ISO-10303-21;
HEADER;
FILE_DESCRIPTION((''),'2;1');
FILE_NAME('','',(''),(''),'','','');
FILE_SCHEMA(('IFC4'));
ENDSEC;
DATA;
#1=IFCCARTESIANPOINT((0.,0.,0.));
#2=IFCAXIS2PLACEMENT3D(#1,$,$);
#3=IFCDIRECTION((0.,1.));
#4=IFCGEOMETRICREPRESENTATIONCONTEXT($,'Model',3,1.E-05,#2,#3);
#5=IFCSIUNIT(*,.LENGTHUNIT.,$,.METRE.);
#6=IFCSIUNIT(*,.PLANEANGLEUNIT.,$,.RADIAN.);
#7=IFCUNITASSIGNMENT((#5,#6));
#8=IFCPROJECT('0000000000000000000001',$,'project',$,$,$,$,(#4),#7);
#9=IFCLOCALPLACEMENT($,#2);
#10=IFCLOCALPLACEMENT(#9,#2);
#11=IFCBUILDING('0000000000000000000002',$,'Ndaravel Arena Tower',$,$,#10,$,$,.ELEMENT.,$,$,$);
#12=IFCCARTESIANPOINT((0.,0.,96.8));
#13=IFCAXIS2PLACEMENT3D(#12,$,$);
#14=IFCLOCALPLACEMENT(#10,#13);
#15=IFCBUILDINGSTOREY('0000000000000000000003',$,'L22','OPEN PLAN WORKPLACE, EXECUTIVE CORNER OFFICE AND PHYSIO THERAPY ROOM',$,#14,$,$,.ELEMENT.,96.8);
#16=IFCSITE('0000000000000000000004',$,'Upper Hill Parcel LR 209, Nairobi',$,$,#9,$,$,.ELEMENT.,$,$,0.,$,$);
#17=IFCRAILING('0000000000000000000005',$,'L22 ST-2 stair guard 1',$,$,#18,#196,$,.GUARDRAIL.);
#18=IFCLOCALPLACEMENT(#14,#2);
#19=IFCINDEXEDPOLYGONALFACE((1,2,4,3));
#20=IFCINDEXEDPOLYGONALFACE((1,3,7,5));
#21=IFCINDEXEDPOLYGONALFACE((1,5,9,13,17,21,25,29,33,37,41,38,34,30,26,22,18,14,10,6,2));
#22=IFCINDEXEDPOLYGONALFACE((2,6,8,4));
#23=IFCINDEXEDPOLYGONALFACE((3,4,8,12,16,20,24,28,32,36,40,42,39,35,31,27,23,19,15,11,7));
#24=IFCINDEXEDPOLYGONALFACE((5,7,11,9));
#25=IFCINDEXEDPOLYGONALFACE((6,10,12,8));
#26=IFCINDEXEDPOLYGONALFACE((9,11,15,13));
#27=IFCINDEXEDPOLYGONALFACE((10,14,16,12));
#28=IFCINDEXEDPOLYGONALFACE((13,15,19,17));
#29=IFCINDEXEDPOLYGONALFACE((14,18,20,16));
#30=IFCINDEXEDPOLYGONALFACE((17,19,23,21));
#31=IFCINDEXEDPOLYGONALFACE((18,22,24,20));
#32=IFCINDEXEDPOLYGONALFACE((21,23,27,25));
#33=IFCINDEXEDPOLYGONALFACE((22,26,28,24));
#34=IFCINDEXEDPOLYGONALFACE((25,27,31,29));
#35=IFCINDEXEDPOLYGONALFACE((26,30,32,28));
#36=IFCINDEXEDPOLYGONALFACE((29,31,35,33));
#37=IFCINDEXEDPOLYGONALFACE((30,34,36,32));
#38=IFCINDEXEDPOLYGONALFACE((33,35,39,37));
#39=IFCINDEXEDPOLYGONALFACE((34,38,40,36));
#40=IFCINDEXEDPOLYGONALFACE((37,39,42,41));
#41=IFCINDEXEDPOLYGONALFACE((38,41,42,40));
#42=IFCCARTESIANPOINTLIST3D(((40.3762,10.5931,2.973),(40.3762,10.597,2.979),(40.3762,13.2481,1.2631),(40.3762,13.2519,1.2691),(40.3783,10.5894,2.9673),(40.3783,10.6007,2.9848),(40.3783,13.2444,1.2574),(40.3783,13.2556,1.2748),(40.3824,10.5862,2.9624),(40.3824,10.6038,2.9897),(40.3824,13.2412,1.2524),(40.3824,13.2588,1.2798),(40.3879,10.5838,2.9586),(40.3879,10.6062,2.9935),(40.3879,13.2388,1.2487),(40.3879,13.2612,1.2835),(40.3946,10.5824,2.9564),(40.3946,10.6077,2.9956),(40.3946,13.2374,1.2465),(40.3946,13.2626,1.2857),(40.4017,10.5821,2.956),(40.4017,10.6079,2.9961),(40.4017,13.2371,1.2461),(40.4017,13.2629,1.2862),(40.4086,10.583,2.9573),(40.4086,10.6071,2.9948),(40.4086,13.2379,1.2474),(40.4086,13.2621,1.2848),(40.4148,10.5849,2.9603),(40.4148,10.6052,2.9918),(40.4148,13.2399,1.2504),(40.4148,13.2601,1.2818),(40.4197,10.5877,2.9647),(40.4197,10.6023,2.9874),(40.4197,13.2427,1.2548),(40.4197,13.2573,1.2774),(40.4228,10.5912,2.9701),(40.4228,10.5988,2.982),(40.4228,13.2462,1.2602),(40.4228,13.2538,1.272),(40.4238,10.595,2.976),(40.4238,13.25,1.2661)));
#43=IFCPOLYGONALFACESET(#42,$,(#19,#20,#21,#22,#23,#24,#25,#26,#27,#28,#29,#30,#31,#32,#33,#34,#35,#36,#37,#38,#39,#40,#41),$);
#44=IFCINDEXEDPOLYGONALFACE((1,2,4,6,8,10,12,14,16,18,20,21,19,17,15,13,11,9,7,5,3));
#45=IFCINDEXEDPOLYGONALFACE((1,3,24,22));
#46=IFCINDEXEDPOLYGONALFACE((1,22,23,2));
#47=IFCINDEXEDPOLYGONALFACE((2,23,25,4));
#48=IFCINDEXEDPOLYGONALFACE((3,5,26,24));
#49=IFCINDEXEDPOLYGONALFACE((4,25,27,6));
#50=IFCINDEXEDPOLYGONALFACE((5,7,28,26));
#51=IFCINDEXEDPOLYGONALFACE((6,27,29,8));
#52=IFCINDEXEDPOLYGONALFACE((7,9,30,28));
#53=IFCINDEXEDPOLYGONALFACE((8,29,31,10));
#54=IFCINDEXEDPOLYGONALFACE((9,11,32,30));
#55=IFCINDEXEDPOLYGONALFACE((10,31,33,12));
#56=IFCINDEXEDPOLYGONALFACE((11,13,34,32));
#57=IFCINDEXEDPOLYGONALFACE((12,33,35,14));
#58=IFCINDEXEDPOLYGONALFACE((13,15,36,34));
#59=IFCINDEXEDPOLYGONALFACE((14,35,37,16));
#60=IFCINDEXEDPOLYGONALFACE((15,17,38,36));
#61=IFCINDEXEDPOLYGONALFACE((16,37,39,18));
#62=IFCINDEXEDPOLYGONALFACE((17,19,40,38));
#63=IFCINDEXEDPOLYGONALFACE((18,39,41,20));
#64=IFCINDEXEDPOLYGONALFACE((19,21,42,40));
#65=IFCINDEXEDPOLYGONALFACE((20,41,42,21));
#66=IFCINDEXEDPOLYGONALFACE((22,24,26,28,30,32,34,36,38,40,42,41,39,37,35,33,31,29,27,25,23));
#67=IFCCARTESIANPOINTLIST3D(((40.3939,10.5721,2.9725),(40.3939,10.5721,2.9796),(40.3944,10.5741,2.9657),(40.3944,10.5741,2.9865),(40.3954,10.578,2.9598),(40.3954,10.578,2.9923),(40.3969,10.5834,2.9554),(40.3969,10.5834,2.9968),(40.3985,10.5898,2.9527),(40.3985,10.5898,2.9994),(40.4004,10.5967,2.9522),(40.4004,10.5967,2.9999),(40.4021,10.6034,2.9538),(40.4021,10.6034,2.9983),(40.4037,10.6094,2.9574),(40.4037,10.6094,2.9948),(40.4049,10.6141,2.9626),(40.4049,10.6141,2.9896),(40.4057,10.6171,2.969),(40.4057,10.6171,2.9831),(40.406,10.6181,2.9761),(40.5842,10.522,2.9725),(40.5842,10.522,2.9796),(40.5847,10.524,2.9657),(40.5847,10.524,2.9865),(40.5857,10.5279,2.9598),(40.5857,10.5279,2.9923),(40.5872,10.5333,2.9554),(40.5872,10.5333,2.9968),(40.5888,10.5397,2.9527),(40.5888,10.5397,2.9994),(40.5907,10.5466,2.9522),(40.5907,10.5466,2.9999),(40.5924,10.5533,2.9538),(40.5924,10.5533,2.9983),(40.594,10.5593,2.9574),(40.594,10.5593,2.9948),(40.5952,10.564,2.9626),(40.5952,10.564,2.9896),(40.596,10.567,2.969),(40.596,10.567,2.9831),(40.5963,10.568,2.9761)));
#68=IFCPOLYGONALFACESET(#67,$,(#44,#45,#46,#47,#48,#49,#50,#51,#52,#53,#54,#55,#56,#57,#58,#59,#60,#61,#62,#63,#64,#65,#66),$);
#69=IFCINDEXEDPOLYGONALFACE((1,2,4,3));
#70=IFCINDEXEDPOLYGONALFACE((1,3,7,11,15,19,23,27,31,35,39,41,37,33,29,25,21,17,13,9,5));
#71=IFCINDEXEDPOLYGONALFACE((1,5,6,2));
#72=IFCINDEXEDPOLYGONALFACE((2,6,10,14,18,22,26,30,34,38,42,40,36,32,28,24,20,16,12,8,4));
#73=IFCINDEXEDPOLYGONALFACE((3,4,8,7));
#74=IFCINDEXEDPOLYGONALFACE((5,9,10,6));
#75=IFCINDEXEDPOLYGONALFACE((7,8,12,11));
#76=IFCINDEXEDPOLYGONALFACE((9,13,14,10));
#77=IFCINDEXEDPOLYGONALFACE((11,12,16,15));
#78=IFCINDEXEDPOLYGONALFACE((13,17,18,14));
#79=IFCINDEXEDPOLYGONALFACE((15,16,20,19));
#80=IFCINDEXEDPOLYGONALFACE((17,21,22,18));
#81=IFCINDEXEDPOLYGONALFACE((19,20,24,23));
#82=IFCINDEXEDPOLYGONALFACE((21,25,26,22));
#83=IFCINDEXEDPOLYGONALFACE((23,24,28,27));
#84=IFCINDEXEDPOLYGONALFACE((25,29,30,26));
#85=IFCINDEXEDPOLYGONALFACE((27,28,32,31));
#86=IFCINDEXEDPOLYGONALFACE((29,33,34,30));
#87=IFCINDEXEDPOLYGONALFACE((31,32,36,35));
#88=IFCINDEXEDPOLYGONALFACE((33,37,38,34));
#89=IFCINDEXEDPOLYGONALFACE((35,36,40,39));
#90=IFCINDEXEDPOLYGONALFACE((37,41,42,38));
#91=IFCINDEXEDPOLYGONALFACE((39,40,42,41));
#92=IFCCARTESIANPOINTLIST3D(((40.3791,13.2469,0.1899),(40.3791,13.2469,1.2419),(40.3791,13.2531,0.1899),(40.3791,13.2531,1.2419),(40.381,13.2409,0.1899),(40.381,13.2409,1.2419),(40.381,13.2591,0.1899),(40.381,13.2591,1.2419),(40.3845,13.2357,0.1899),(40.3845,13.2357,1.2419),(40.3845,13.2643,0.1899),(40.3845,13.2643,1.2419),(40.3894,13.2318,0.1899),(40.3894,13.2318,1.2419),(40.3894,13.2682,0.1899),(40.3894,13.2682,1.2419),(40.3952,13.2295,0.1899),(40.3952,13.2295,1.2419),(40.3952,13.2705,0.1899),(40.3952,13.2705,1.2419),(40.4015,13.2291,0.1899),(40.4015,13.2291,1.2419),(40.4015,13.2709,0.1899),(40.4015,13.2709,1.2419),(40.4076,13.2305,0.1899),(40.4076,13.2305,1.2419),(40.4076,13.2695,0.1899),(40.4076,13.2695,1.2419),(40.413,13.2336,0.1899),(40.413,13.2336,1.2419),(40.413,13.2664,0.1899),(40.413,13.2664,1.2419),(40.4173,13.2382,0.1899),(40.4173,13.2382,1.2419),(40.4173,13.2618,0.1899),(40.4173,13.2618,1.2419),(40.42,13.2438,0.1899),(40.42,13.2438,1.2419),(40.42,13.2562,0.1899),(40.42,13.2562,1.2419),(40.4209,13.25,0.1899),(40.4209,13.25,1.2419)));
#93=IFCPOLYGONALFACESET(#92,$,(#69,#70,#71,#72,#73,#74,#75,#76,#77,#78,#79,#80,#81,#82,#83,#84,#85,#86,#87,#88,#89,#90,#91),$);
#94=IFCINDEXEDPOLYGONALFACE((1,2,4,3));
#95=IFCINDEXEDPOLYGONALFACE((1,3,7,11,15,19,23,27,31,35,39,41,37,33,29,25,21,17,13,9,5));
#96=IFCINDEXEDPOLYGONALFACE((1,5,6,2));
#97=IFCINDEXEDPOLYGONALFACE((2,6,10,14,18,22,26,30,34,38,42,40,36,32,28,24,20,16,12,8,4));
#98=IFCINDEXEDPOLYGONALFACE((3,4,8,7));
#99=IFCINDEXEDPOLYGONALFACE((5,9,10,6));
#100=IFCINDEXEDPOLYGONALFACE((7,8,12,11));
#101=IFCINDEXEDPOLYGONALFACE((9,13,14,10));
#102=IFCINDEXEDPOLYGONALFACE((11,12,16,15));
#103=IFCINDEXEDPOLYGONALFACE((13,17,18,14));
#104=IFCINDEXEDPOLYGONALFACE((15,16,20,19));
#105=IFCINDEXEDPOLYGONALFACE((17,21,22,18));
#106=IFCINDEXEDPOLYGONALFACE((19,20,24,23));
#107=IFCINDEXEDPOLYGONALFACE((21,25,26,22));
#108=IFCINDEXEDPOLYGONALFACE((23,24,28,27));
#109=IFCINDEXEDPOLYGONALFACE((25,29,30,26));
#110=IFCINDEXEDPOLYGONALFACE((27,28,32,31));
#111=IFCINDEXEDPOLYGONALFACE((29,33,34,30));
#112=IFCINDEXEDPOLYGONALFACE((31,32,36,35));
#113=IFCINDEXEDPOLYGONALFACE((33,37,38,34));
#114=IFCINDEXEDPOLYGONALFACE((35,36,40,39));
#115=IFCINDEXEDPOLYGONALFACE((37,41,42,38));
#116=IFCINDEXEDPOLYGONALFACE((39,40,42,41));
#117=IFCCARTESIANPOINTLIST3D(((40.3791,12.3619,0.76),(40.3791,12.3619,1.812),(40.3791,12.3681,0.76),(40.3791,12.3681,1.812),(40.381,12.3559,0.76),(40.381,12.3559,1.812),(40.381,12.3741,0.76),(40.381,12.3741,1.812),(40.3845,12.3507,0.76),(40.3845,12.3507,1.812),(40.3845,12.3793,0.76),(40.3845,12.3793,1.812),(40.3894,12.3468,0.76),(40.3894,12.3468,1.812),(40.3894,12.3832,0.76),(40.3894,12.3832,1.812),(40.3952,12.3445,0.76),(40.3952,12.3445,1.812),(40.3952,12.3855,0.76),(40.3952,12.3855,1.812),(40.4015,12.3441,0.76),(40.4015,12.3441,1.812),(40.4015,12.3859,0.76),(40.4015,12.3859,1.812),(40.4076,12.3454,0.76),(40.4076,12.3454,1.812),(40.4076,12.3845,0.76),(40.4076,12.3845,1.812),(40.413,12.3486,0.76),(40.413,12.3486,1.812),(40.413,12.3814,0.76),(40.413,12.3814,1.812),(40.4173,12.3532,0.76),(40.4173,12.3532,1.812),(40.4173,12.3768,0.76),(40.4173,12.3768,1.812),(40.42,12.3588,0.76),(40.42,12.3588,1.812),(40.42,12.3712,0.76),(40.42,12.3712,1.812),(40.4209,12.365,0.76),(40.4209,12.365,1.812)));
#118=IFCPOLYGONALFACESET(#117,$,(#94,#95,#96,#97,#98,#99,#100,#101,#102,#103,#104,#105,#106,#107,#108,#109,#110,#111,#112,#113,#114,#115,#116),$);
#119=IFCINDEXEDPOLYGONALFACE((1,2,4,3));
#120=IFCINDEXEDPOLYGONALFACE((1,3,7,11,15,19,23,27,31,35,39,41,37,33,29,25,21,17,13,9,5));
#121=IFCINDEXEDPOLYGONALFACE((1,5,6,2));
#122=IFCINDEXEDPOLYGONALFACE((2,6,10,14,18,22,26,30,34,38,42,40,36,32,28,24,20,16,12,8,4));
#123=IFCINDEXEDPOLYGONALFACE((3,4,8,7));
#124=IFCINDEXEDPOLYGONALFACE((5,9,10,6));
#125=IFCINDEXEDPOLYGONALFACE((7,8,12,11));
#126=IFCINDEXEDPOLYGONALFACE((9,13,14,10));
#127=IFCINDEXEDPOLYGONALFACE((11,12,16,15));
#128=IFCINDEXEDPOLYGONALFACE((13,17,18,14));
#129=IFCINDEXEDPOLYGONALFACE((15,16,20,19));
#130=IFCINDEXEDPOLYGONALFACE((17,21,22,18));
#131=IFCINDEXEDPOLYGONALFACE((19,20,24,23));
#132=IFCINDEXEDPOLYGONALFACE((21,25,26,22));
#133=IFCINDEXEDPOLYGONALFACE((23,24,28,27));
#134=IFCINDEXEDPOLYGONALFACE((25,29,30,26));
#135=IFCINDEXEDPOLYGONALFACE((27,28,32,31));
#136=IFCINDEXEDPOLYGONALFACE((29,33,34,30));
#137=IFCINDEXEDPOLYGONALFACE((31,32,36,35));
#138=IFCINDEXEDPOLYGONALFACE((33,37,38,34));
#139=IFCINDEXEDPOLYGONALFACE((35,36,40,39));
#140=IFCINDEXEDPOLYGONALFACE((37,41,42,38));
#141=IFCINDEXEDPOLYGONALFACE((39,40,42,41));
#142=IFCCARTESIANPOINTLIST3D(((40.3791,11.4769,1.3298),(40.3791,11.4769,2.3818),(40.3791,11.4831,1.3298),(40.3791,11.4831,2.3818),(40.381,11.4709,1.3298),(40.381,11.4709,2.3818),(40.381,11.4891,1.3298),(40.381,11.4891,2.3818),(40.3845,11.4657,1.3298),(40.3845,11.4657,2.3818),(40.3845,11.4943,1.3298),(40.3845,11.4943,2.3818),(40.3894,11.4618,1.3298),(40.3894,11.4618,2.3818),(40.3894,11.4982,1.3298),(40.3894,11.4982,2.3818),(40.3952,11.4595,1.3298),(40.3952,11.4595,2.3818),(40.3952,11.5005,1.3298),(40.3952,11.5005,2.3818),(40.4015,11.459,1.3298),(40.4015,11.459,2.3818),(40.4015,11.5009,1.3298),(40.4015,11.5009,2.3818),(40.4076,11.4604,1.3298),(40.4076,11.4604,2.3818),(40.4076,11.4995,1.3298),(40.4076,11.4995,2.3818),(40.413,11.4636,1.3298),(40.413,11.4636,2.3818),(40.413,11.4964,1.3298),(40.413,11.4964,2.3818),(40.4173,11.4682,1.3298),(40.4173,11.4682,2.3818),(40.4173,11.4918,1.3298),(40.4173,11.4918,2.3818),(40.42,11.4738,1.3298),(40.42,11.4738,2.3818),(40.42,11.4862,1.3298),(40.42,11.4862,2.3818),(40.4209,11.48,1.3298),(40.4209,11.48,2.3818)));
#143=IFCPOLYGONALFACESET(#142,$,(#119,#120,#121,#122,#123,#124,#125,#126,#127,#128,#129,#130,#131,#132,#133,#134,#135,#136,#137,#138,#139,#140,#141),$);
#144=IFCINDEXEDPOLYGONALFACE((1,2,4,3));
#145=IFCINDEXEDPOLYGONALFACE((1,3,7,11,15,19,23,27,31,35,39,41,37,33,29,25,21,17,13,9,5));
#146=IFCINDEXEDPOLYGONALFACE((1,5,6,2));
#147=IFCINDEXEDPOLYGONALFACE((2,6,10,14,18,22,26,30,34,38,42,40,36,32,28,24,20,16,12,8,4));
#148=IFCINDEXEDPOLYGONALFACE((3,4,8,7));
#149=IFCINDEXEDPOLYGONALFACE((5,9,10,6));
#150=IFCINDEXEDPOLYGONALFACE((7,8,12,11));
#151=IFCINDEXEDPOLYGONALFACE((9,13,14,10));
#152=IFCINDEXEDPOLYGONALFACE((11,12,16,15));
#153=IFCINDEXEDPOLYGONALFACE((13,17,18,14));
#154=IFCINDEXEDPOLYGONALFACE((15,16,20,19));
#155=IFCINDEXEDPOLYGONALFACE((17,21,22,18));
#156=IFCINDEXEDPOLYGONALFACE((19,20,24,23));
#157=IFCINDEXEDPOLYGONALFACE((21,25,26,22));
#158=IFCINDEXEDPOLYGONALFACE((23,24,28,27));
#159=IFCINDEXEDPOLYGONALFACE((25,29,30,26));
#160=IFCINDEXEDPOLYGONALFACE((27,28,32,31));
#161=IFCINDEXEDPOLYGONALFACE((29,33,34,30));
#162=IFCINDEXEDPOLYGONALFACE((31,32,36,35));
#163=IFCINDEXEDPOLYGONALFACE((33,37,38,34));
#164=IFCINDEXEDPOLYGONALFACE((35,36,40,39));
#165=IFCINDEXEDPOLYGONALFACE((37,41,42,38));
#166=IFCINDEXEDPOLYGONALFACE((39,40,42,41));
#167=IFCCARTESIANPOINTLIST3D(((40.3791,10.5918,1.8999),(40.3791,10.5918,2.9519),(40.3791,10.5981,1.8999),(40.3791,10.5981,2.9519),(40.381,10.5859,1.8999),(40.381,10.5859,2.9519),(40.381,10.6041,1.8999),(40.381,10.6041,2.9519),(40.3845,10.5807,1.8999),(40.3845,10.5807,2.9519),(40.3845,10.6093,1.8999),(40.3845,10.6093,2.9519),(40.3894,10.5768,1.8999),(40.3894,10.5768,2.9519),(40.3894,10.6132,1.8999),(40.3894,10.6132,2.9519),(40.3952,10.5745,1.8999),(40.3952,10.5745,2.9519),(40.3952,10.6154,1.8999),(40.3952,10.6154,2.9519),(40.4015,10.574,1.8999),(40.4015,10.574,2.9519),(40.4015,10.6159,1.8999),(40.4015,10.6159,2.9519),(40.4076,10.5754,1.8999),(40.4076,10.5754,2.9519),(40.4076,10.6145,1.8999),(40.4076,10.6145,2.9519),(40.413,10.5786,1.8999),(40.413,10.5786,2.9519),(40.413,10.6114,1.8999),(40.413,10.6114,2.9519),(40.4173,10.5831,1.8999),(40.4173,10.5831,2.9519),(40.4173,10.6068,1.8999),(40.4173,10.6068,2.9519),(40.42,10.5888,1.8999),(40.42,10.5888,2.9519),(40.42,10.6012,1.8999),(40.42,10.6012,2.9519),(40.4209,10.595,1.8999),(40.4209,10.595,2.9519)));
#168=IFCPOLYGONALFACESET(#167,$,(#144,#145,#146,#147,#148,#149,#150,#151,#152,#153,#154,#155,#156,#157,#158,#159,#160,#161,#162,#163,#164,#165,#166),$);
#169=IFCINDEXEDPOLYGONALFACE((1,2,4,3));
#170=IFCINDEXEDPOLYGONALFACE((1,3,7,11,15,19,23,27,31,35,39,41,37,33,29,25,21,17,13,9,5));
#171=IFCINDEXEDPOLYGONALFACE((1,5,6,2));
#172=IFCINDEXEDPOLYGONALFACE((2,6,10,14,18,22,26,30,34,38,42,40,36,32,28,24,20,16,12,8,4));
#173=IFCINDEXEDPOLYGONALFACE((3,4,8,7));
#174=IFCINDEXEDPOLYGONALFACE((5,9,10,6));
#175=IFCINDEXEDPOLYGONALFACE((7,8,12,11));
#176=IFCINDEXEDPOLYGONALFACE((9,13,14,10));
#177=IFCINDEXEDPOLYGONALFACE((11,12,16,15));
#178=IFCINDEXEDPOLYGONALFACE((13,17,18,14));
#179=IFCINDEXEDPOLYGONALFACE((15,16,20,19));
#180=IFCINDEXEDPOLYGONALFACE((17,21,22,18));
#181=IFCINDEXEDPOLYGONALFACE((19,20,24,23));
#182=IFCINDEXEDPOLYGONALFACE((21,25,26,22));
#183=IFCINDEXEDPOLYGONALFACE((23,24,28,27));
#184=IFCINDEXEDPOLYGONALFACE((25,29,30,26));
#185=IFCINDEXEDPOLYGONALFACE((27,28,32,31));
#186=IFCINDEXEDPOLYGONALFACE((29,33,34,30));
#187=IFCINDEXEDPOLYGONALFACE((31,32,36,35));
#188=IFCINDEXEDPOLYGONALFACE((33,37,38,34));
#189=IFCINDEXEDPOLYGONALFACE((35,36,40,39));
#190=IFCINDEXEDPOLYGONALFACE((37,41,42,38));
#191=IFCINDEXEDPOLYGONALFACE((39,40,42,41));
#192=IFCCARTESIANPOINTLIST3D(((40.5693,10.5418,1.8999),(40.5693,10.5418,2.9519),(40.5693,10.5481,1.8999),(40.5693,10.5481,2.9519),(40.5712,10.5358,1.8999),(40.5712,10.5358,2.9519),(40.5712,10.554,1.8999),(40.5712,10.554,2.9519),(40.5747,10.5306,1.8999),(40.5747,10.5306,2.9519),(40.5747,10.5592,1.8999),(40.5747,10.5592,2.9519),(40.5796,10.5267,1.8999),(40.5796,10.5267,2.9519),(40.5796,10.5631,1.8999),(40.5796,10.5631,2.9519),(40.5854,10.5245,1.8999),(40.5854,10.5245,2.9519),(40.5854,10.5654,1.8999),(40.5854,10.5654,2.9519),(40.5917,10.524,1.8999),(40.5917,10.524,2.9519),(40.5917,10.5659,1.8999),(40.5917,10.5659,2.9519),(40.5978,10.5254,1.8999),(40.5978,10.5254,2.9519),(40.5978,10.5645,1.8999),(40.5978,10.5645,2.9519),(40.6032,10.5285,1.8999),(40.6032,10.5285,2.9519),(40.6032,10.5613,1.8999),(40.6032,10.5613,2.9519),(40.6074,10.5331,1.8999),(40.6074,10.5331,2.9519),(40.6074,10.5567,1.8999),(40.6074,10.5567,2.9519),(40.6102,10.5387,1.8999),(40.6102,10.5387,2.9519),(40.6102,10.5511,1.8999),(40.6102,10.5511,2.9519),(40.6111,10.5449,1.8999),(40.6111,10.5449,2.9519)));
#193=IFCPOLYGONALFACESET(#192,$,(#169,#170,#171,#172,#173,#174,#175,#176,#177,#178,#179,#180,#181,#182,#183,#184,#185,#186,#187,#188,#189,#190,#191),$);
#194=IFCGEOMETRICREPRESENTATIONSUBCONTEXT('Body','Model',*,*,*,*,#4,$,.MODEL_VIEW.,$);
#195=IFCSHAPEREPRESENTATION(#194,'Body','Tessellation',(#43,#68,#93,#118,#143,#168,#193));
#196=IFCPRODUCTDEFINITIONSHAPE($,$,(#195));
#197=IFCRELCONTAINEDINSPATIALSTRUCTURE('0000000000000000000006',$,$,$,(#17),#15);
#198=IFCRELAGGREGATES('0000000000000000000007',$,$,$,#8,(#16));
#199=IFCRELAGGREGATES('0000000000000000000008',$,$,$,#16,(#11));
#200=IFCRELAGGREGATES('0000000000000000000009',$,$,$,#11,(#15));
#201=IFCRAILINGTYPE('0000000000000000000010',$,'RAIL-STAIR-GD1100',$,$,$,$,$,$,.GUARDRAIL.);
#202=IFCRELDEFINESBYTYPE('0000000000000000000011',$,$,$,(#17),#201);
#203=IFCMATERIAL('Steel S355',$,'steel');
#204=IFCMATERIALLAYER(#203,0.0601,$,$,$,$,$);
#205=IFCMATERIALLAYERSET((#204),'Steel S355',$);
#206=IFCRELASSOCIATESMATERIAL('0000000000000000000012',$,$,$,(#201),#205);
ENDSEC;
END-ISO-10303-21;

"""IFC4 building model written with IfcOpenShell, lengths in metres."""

from ifc_helpers import new_model, si_unit, direction, frame, origin, origin_2d, place, context, subcontext, project, spatial, circle, extrude, material, layer, layer_set, type_object, element, save


model = new_model("IFC4")

# Units and contexts
model_context = context("Model", 3, precision=1e-05, world=origin(), true_north=direction((0.0, 1.0)))
body_context = subcontext(model_context, "Body", "Model", "MODEL_VIEW")
ifc_project = project(units=[si_unit("LENGTHUNIT", "METRE"), si_unit("PLANEANGLEUNIT", "RADIAN")], contexts=[model_context])

# Site, building, storey
site_placement = place(None, origin())
site = spatial("IfcSite", under=ifc_project, at=site_placement, Name="Upper Hill Parcel LR 209, Nairobi", CompositionType="ELEMENT", RefElevation=0.0)
building_placement = place(site_placement, origin())
building = spatial("IfcBuilding", under=site, at=building_placement, Name="Ndaravel Arena Tower", CompositionType="ELEMENT")
storey_placement = place(building_placement, frame((0.0, 0.0, 96.8)))
storey = spatial("IfcBuildingStorey", under=building, at=storey_placement, Name="L22", Description="OPEN PLAN WORKPLACE, EXECUTIVE CORNER OFFICE AND PHYSIO THERAPY ROOM", CompositionType="ELEMENT", Elevation=96.8)

# Railing
ifc_material_1 = material(Name="Steel S355", Category="steel")
ifc_layer_1 = layer(ifc_material_1, 0.0601)
ifc_layer_set_1 = layer_set([ifc_layer_1], Name="Steel S355")
railing_type_1 = type_object("IfcRailingType", Name="RAIL-STAIR-GD1100", PredefinedType="GUARDRAIL", material=ifc_layer_set_1)
railing_1_placement = place(storey_placement, frame((40.3999, 13.25, 0.1899)))
element("IfcRailing", 1, at=railing_1_placement, inside=storey, type_object=railing_type_1, Name="L22 ST-2 stair guard 1", PredefinedType="GUARDRAIL", context=body_context, shape_type="SweptSolid", body=[
    extrude(circle(Radius=0.0239, at=origin_2d()), frame((0.0, 0.0, 1.0762), z_axis=(0.0, -0.840724, 0.541465), x_axis=(1.0, 0.0, 0.0)), (0.0, 0.0, 1.0), 3.158),
    extrude(circle(Radius=0.0239, at=origin_2d()), frame((0.0, -2.655, 2.7861), z_axis=(0.967075, -0.254493, 0.0), x_axis=(0.254493, 0.967075, 0.0)), (0.0, 0.0, 1.0), 0.1968),
    extrude(circle(Radius=0.021, at=origin_2d()), origin(), (0.0, 0.0, 1.0), 1.052),
    extrude(circle(Radius=0.021, at=origin_2d()), frame((0.0, -0.885, 0.5701)), (0.0, 0.0, 1.0), 1.052),
    extrude(circle(Radius=0.021, at=origin_2d()), frame((0.0, -1.77, 1.1399)), (0.0, 0.0, 1.0), 1.052),
    extrude(circle(Radius=0.021, at=origin_2d()), frame((0.0, -2.655, 1.71)), (0.0, 0.0, 1.0), 1.052),
    extrude(circle(Radius=0.021, at=origin_2d()), frame((0.1902, -2.7051, 1.71)), (0.0, 0.0, 1.0), 1.052),
])

save(model, "model.ifc")
